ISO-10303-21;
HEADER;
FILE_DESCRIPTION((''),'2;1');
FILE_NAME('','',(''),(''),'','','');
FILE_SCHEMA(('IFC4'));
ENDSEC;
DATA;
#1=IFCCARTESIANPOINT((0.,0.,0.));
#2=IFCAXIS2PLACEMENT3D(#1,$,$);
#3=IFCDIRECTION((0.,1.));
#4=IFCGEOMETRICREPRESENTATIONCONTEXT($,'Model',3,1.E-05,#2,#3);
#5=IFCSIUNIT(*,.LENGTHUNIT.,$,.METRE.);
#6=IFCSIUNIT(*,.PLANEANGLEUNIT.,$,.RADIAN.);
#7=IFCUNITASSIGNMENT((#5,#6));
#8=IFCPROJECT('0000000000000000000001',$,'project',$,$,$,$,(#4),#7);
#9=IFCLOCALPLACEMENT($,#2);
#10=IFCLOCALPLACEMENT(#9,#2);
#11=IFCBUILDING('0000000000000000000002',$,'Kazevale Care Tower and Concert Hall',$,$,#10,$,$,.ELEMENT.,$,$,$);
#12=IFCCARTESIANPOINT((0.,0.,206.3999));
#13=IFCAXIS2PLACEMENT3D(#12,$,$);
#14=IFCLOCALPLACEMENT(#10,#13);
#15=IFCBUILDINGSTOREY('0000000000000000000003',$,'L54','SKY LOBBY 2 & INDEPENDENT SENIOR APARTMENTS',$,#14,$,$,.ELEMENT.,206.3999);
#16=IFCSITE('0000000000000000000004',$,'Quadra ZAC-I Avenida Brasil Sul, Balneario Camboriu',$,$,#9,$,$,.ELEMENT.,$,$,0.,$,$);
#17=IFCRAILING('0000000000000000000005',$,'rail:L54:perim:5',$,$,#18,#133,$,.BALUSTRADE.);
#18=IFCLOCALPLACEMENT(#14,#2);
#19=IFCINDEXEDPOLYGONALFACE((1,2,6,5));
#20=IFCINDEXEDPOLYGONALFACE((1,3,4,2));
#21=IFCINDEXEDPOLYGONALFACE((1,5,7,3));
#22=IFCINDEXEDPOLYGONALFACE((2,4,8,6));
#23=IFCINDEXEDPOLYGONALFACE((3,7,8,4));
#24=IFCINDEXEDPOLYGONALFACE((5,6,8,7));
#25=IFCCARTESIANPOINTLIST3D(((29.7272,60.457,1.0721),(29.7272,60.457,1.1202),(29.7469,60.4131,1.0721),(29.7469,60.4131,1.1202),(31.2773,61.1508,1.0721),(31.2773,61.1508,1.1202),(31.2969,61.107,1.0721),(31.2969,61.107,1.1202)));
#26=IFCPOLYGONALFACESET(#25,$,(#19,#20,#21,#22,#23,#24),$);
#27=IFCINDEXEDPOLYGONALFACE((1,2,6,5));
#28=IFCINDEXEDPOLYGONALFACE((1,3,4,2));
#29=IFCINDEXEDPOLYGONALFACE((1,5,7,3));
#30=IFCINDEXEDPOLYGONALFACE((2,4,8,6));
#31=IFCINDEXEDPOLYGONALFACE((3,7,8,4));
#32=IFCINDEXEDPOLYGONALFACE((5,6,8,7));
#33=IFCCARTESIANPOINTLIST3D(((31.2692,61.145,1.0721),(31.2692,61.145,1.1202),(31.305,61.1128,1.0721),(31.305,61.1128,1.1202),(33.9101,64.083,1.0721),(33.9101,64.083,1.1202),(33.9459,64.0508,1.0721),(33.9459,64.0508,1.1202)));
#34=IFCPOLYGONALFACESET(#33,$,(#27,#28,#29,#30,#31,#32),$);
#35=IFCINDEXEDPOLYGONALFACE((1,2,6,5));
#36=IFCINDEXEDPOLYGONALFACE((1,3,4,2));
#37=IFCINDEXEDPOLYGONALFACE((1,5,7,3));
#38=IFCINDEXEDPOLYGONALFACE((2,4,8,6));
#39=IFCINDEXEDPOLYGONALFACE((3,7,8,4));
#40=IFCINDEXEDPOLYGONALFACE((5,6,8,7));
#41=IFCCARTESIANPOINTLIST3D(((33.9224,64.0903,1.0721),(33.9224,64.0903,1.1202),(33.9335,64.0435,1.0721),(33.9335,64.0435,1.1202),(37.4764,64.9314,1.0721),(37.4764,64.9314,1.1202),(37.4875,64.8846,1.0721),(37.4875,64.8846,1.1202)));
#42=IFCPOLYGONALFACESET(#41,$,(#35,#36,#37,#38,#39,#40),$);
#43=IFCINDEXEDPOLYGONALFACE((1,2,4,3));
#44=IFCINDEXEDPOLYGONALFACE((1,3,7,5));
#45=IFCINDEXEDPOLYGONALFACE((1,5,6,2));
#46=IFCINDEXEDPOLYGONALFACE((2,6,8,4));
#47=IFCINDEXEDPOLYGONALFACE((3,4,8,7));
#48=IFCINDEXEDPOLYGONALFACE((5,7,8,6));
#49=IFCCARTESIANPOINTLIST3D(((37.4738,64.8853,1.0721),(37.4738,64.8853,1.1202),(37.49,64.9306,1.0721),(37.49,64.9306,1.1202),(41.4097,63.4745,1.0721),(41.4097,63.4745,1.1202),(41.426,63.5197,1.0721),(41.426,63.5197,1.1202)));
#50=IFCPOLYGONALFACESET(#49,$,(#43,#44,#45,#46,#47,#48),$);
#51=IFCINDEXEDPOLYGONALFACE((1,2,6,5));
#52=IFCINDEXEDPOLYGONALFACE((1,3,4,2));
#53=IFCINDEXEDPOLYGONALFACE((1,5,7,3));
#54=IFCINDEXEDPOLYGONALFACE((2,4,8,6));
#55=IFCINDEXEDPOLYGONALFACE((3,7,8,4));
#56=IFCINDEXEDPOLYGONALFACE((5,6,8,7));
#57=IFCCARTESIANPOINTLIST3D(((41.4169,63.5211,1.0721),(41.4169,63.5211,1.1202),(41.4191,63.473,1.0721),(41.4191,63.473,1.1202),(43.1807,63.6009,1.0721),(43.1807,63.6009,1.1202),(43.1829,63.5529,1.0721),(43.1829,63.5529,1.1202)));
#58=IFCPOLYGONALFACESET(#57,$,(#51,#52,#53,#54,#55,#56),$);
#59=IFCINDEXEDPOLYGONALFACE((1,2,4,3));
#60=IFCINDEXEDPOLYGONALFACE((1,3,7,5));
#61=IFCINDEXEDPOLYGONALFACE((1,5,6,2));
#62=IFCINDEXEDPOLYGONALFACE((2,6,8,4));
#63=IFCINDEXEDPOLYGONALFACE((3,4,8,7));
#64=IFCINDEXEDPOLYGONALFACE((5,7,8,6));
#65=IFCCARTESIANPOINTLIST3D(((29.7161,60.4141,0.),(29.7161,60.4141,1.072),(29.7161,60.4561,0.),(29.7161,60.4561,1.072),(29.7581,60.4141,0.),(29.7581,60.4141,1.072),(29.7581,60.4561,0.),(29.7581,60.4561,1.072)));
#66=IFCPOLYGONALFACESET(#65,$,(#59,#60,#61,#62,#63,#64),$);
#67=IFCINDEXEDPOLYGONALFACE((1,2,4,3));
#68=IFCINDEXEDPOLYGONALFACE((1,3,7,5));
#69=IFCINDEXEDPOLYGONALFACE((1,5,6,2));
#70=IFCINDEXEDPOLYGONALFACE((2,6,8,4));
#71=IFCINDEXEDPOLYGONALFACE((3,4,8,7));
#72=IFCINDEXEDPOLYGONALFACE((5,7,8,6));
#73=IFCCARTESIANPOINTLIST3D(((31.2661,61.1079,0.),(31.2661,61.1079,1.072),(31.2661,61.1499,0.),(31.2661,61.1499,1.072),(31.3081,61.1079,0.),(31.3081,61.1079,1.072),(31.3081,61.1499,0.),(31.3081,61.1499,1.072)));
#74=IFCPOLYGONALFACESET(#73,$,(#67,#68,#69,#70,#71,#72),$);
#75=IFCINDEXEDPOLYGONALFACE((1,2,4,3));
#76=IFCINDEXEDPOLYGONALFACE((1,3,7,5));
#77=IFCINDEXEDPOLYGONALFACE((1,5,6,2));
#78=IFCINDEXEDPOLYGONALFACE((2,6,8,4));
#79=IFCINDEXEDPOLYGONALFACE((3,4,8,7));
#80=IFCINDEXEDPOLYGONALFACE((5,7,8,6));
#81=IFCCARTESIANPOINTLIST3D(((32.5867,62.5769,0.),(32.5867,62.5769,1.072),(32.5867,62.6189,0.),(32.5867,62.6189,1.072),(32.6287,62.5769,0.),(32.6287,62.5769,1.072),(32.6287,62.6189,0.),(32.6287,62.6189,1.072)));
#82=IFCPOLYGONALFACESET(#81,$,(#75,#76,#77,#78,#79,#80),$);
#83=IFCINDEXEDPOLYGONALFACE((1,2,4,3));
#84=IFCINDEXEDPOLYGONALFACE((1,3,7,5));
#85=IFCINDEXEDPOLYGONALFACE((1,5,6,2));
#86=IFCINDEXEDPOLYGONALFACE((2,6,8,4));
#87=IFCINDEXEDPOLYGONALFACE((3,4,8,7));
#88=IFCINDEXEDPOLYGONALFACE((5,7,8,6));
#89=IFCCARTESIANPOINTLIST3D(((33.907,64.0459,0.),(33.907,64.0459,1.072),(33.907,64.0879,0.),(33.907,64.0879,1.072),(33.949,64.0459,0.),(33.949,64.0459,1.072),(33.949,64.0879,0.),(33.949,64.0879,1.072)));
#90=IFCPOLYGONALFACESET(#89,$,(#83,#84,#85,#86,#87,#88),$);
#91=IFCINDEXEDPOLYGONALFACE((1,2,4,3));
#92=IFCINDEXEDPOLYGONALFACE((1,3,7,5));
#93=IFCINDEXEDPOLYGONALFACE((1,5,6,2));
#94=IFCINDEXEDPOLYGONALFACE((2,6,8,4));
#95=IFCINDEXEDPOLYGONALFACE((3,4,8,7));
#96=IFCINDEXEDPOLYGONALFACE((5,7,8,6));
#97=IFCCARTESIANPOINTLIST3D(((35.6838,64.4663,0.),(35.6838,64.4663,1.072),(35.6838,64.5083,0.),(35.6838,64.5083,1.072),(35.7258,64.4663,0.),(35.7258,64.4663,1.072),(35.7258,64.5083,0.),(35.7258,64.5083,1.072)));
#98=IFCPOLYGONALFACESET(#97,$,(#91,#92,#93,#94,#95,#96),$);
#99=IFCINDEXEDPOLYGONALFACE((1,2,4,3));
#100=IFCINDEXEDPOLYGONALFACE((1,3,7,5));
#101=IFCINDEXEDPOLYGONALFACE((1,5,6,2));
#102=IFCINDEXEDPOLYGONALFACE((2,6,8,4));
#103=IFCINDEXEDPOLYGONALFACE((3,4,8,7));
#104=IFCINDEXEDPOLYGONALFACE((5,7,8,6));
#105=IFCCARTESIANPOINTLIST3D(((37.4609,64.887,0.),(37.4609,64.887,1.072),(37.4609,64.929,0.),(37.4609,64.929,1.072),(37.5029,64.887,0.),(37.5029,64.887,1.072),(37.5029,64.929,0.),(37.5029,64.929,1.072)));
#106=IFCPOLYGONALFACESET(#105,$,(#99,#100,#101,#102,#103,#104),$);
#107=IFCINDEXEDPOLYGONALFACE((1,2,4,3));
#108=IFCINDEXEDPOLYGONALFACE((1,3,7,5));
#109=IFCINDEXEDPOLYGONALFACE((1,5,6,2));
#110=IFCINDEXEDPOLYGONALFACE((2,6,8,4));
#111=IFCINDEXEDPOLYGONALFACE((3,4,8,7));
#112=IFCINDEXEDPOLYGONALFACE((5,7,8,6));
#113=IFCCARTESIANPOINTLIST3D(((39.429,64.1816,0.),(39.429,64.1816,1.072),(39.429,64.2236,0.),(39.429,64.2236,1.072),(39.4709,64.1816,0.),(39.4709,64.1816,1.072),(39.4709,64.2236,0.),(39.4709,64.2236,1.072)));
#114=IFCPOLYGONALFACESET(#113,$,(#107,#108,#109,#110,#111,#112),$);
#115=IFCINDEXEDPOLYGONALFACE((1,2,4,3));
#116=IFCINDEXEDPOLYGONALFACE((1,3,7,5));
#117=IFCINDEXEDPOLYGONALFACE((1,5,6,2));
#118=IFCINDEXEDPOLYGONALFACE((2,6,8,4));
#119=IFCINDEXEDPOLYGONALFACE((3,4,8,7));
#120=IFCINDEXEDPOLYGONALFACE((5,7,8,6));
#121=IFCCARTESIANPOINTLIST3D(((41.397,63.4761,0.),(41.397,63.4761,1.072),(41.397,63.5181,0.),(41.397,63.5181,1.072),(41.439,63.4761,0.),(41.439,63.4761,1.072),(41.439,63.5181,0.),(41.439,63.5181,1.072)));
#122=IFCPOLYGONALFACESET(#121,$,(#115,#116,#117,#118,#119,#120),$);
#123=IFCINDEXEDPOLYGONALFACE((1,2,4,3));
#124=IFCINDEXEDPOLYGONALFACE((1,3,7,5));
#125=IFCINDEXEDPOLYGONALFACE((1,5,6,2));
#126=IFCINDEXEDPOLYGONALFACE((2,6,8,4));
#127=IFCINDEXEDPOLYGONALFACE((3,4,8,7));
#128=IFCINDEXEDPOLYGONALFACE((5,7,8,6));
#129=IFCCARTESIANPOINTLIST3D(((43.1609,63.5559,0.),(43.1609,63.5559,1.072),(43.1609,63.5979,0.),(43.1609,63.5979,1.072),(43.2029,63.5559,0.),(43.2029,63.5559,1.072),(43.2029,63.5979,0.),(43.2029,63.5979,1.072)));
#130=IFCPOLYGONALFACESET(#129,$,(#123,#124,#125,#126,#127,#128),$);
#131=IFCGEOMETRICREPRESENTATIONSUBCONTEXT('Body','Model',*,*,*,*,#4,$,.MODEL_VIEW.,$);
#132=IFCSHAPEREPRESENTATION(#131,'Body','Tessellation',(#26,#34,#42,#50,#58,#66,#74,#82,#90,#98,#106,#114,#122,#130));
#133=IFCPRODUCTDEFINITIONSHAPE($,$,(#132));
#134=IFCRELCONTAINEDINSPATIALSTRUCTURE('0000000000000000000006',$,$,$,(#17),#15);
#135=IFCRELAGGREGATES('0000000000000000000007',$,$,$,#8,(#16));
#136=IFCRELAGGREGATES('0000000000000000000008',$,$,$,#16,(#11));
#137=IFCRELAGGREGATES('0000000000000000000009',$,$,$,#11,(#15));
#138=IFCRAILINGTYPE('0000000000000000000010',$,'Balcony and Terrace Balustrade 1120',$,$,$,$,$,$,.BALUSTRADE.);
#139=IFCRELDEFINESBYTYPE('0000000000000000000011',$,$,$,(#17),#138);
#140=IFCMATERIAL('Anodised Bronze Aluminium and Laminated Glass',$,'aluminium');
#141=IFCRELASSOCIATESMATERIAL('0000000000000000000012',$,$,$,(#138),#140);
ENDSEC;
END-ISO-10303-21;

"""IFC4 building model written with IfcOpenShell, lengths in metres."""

from ifc_helpers import new_model, si_unit, direction, frame, origin, origin_2d, place, context, subcontext, project, spatial, rectangle, extrude, material, type_object, element, save


model = new_model("IFC4")

# Units and contexts
model_context = context("Model", 3, precision=1e-05, world=origin(), true_north=direction((0.0, 1.0)))
body_context = subcontext(model_context, "Body", "Model", "MODEL_VIEW")
ifc_project = project(units=[si_unit("LENGTHUNIT", "METRE"), si_unit("PLANEANGLEUNIT", "RADIAN")], contexts=[model_context])

# Site, building, storey
site_placement = place(None, origin())
site = spatial("IfcSite", under=ifc_project, at=site_placement, Name="Quadra ZAC-I Avenida Brasil Sul, Balneario Camboriu", CompositionType="ELEMENT", RefElevation=0.0)
building_placement = place(site_placement, origin())
building = spatial("IfcBuilding", under=site, at=building_placement, Name="Kazevale Care Tower and Concert Hall", CompositionType="ELEMENT")
storey_placement = place(building_placement, frame((0.0, 0.0, 206.3999)))
storey = spatial("IfcBuildingStorey", under=building, at=storey_placement, Name="L54", Description="SKY LOBBY 2 & INDEPENDENT SENIOR APARTMENTS", CompositionType="ELEMENT", Elevation=206.3999)

# Railing
ifc_material_1 = material(Name="Anodised Bronze Aluminium and Laminated Glass", Category="aluminium")
railing_type = type_object("IfcRailingType", Name="Balcony and Terrace Balustrade 1120", PredefinedType="BALUSTRADE", material=ifc_material_1)
railing_1_placement = place(storey_placement, frame((29.7371, 60.4351, 0.0)))
element("IfcRailing", 1, at=railing_1_placement, inside=storey, type_object=railing_type, Name="rail:L54:perim:5", PredefinedType="BALUSTRADE", context=body_context, shape_type="SweptSolid", body=[
    extrude(rectangle(XDim=0.0481, YDim=0.0481, at=origin_2d()), frame((0.0, 0.0, 1.0962), z_axis=(0.912729, 0.408565, 0.0), x_axis=(-0.408565, 0.912729, 0.0)), (0.0, 0.0, 1.0), 1.6982),
    extrude(rectangle(XDim=0.0481, YDim=0.0481, at=origin_2d()), frame((1.55, 0.6938, 1.0962), z_axis=(0.6685, 0.743712, 0.0), x_axis=(-0.743712, 0.6685, 0.0)), (0.0, 0.0, 1.0), 3.9504),
    extrude(rectangle(XDim=0.0481, YDim=0.0481, at=origin_2d()), frame((4.1909, 3.6318, 1.0962), z_axis=(0.973121, 0.230295, 0.0), x_axis=(-0.230295, 0.973121, 0.0)), (0.0, 0.0, 1.0), 3.6521),
    extrude(rectangle(XDim=0.0481, YDim=0.0481, at=origin_2d()), frame((7.7449, 4.4729, 1.0962), z_axis=(0.94135, -0.337431, 0.0), x_axis=(0.337431, 0.94135, 0.0)), (0.0, 0.0, 1.0), 4.1812),
    extrude(rectangle(XDim=0.0481, YDim=0.0481, at=origin_2d()), frame((11.6809, 3.062, 1.0962), z_axis=(0.998977, 0.045213, 0.0), x_axis=(-0.045213, 0.998977, 0.0)), (0.0, 0.0, 1.0), 1.7656),
    extrude(rectangle(XDim=0.042, YDim=0.042, at=origin_2d()), origin(), (0.0, 0.0, 1.0), 1.072),
    extrude(rectangle(XDim=0.042, YDim=0.042, at=origin_2d()), frame((1.55, 0.6938, 0.0)), (0.0, 0.0, 1.0), 1.072),
    extrude(rectangle(XDim=0.042, YDim=0.042, at=origin_2d()), frame((2.8706, 2.1628, 0.0)), (0.0, 0.0, 1.0), 1.072),
    extrude(rectangle(XDim=0.042, YDim=0.042, at=origin_2d()), frame((4.1909, 3.6318, 0.0)), (0.0, 0.0, 1.0), 1.072),
    extrude(rectangle(XDim=0.042, YDim=0.042, at=origin_2d()), frame((5.9678, 4.0522, 0.0)), (0.0, 0.0, 1.0), 1.072),
    extrude(rectangle(XDim=0.042, YDim=0.042, at=origin_2d()), frame((7.7449, 4.4729, 0.0)), (0.0, 0.0, 1.0), 1.072),
    extrude(rectangle(XDim=0.042, YDim=0.042, at=origin_2d()), frame((9.7129, 3.7676, 0.0)), (0.0, 0.0, 1.0), 1.072),
    extrude(rectangle(XDim=0.042, YDim=0.042, at=origin_2d()), frame((11.6809, 3.062, 0.0)), (0.0, 0.0, 1.0), 1.072),
    extrude(rectangle(XDim=0.042, YDim=0.042, at=origin_2d()), frame((13.4448, 3.1418, 0.0)), (0.0, 0.0, 1.0), 1.072),
])

save(model, "model.ifc")
